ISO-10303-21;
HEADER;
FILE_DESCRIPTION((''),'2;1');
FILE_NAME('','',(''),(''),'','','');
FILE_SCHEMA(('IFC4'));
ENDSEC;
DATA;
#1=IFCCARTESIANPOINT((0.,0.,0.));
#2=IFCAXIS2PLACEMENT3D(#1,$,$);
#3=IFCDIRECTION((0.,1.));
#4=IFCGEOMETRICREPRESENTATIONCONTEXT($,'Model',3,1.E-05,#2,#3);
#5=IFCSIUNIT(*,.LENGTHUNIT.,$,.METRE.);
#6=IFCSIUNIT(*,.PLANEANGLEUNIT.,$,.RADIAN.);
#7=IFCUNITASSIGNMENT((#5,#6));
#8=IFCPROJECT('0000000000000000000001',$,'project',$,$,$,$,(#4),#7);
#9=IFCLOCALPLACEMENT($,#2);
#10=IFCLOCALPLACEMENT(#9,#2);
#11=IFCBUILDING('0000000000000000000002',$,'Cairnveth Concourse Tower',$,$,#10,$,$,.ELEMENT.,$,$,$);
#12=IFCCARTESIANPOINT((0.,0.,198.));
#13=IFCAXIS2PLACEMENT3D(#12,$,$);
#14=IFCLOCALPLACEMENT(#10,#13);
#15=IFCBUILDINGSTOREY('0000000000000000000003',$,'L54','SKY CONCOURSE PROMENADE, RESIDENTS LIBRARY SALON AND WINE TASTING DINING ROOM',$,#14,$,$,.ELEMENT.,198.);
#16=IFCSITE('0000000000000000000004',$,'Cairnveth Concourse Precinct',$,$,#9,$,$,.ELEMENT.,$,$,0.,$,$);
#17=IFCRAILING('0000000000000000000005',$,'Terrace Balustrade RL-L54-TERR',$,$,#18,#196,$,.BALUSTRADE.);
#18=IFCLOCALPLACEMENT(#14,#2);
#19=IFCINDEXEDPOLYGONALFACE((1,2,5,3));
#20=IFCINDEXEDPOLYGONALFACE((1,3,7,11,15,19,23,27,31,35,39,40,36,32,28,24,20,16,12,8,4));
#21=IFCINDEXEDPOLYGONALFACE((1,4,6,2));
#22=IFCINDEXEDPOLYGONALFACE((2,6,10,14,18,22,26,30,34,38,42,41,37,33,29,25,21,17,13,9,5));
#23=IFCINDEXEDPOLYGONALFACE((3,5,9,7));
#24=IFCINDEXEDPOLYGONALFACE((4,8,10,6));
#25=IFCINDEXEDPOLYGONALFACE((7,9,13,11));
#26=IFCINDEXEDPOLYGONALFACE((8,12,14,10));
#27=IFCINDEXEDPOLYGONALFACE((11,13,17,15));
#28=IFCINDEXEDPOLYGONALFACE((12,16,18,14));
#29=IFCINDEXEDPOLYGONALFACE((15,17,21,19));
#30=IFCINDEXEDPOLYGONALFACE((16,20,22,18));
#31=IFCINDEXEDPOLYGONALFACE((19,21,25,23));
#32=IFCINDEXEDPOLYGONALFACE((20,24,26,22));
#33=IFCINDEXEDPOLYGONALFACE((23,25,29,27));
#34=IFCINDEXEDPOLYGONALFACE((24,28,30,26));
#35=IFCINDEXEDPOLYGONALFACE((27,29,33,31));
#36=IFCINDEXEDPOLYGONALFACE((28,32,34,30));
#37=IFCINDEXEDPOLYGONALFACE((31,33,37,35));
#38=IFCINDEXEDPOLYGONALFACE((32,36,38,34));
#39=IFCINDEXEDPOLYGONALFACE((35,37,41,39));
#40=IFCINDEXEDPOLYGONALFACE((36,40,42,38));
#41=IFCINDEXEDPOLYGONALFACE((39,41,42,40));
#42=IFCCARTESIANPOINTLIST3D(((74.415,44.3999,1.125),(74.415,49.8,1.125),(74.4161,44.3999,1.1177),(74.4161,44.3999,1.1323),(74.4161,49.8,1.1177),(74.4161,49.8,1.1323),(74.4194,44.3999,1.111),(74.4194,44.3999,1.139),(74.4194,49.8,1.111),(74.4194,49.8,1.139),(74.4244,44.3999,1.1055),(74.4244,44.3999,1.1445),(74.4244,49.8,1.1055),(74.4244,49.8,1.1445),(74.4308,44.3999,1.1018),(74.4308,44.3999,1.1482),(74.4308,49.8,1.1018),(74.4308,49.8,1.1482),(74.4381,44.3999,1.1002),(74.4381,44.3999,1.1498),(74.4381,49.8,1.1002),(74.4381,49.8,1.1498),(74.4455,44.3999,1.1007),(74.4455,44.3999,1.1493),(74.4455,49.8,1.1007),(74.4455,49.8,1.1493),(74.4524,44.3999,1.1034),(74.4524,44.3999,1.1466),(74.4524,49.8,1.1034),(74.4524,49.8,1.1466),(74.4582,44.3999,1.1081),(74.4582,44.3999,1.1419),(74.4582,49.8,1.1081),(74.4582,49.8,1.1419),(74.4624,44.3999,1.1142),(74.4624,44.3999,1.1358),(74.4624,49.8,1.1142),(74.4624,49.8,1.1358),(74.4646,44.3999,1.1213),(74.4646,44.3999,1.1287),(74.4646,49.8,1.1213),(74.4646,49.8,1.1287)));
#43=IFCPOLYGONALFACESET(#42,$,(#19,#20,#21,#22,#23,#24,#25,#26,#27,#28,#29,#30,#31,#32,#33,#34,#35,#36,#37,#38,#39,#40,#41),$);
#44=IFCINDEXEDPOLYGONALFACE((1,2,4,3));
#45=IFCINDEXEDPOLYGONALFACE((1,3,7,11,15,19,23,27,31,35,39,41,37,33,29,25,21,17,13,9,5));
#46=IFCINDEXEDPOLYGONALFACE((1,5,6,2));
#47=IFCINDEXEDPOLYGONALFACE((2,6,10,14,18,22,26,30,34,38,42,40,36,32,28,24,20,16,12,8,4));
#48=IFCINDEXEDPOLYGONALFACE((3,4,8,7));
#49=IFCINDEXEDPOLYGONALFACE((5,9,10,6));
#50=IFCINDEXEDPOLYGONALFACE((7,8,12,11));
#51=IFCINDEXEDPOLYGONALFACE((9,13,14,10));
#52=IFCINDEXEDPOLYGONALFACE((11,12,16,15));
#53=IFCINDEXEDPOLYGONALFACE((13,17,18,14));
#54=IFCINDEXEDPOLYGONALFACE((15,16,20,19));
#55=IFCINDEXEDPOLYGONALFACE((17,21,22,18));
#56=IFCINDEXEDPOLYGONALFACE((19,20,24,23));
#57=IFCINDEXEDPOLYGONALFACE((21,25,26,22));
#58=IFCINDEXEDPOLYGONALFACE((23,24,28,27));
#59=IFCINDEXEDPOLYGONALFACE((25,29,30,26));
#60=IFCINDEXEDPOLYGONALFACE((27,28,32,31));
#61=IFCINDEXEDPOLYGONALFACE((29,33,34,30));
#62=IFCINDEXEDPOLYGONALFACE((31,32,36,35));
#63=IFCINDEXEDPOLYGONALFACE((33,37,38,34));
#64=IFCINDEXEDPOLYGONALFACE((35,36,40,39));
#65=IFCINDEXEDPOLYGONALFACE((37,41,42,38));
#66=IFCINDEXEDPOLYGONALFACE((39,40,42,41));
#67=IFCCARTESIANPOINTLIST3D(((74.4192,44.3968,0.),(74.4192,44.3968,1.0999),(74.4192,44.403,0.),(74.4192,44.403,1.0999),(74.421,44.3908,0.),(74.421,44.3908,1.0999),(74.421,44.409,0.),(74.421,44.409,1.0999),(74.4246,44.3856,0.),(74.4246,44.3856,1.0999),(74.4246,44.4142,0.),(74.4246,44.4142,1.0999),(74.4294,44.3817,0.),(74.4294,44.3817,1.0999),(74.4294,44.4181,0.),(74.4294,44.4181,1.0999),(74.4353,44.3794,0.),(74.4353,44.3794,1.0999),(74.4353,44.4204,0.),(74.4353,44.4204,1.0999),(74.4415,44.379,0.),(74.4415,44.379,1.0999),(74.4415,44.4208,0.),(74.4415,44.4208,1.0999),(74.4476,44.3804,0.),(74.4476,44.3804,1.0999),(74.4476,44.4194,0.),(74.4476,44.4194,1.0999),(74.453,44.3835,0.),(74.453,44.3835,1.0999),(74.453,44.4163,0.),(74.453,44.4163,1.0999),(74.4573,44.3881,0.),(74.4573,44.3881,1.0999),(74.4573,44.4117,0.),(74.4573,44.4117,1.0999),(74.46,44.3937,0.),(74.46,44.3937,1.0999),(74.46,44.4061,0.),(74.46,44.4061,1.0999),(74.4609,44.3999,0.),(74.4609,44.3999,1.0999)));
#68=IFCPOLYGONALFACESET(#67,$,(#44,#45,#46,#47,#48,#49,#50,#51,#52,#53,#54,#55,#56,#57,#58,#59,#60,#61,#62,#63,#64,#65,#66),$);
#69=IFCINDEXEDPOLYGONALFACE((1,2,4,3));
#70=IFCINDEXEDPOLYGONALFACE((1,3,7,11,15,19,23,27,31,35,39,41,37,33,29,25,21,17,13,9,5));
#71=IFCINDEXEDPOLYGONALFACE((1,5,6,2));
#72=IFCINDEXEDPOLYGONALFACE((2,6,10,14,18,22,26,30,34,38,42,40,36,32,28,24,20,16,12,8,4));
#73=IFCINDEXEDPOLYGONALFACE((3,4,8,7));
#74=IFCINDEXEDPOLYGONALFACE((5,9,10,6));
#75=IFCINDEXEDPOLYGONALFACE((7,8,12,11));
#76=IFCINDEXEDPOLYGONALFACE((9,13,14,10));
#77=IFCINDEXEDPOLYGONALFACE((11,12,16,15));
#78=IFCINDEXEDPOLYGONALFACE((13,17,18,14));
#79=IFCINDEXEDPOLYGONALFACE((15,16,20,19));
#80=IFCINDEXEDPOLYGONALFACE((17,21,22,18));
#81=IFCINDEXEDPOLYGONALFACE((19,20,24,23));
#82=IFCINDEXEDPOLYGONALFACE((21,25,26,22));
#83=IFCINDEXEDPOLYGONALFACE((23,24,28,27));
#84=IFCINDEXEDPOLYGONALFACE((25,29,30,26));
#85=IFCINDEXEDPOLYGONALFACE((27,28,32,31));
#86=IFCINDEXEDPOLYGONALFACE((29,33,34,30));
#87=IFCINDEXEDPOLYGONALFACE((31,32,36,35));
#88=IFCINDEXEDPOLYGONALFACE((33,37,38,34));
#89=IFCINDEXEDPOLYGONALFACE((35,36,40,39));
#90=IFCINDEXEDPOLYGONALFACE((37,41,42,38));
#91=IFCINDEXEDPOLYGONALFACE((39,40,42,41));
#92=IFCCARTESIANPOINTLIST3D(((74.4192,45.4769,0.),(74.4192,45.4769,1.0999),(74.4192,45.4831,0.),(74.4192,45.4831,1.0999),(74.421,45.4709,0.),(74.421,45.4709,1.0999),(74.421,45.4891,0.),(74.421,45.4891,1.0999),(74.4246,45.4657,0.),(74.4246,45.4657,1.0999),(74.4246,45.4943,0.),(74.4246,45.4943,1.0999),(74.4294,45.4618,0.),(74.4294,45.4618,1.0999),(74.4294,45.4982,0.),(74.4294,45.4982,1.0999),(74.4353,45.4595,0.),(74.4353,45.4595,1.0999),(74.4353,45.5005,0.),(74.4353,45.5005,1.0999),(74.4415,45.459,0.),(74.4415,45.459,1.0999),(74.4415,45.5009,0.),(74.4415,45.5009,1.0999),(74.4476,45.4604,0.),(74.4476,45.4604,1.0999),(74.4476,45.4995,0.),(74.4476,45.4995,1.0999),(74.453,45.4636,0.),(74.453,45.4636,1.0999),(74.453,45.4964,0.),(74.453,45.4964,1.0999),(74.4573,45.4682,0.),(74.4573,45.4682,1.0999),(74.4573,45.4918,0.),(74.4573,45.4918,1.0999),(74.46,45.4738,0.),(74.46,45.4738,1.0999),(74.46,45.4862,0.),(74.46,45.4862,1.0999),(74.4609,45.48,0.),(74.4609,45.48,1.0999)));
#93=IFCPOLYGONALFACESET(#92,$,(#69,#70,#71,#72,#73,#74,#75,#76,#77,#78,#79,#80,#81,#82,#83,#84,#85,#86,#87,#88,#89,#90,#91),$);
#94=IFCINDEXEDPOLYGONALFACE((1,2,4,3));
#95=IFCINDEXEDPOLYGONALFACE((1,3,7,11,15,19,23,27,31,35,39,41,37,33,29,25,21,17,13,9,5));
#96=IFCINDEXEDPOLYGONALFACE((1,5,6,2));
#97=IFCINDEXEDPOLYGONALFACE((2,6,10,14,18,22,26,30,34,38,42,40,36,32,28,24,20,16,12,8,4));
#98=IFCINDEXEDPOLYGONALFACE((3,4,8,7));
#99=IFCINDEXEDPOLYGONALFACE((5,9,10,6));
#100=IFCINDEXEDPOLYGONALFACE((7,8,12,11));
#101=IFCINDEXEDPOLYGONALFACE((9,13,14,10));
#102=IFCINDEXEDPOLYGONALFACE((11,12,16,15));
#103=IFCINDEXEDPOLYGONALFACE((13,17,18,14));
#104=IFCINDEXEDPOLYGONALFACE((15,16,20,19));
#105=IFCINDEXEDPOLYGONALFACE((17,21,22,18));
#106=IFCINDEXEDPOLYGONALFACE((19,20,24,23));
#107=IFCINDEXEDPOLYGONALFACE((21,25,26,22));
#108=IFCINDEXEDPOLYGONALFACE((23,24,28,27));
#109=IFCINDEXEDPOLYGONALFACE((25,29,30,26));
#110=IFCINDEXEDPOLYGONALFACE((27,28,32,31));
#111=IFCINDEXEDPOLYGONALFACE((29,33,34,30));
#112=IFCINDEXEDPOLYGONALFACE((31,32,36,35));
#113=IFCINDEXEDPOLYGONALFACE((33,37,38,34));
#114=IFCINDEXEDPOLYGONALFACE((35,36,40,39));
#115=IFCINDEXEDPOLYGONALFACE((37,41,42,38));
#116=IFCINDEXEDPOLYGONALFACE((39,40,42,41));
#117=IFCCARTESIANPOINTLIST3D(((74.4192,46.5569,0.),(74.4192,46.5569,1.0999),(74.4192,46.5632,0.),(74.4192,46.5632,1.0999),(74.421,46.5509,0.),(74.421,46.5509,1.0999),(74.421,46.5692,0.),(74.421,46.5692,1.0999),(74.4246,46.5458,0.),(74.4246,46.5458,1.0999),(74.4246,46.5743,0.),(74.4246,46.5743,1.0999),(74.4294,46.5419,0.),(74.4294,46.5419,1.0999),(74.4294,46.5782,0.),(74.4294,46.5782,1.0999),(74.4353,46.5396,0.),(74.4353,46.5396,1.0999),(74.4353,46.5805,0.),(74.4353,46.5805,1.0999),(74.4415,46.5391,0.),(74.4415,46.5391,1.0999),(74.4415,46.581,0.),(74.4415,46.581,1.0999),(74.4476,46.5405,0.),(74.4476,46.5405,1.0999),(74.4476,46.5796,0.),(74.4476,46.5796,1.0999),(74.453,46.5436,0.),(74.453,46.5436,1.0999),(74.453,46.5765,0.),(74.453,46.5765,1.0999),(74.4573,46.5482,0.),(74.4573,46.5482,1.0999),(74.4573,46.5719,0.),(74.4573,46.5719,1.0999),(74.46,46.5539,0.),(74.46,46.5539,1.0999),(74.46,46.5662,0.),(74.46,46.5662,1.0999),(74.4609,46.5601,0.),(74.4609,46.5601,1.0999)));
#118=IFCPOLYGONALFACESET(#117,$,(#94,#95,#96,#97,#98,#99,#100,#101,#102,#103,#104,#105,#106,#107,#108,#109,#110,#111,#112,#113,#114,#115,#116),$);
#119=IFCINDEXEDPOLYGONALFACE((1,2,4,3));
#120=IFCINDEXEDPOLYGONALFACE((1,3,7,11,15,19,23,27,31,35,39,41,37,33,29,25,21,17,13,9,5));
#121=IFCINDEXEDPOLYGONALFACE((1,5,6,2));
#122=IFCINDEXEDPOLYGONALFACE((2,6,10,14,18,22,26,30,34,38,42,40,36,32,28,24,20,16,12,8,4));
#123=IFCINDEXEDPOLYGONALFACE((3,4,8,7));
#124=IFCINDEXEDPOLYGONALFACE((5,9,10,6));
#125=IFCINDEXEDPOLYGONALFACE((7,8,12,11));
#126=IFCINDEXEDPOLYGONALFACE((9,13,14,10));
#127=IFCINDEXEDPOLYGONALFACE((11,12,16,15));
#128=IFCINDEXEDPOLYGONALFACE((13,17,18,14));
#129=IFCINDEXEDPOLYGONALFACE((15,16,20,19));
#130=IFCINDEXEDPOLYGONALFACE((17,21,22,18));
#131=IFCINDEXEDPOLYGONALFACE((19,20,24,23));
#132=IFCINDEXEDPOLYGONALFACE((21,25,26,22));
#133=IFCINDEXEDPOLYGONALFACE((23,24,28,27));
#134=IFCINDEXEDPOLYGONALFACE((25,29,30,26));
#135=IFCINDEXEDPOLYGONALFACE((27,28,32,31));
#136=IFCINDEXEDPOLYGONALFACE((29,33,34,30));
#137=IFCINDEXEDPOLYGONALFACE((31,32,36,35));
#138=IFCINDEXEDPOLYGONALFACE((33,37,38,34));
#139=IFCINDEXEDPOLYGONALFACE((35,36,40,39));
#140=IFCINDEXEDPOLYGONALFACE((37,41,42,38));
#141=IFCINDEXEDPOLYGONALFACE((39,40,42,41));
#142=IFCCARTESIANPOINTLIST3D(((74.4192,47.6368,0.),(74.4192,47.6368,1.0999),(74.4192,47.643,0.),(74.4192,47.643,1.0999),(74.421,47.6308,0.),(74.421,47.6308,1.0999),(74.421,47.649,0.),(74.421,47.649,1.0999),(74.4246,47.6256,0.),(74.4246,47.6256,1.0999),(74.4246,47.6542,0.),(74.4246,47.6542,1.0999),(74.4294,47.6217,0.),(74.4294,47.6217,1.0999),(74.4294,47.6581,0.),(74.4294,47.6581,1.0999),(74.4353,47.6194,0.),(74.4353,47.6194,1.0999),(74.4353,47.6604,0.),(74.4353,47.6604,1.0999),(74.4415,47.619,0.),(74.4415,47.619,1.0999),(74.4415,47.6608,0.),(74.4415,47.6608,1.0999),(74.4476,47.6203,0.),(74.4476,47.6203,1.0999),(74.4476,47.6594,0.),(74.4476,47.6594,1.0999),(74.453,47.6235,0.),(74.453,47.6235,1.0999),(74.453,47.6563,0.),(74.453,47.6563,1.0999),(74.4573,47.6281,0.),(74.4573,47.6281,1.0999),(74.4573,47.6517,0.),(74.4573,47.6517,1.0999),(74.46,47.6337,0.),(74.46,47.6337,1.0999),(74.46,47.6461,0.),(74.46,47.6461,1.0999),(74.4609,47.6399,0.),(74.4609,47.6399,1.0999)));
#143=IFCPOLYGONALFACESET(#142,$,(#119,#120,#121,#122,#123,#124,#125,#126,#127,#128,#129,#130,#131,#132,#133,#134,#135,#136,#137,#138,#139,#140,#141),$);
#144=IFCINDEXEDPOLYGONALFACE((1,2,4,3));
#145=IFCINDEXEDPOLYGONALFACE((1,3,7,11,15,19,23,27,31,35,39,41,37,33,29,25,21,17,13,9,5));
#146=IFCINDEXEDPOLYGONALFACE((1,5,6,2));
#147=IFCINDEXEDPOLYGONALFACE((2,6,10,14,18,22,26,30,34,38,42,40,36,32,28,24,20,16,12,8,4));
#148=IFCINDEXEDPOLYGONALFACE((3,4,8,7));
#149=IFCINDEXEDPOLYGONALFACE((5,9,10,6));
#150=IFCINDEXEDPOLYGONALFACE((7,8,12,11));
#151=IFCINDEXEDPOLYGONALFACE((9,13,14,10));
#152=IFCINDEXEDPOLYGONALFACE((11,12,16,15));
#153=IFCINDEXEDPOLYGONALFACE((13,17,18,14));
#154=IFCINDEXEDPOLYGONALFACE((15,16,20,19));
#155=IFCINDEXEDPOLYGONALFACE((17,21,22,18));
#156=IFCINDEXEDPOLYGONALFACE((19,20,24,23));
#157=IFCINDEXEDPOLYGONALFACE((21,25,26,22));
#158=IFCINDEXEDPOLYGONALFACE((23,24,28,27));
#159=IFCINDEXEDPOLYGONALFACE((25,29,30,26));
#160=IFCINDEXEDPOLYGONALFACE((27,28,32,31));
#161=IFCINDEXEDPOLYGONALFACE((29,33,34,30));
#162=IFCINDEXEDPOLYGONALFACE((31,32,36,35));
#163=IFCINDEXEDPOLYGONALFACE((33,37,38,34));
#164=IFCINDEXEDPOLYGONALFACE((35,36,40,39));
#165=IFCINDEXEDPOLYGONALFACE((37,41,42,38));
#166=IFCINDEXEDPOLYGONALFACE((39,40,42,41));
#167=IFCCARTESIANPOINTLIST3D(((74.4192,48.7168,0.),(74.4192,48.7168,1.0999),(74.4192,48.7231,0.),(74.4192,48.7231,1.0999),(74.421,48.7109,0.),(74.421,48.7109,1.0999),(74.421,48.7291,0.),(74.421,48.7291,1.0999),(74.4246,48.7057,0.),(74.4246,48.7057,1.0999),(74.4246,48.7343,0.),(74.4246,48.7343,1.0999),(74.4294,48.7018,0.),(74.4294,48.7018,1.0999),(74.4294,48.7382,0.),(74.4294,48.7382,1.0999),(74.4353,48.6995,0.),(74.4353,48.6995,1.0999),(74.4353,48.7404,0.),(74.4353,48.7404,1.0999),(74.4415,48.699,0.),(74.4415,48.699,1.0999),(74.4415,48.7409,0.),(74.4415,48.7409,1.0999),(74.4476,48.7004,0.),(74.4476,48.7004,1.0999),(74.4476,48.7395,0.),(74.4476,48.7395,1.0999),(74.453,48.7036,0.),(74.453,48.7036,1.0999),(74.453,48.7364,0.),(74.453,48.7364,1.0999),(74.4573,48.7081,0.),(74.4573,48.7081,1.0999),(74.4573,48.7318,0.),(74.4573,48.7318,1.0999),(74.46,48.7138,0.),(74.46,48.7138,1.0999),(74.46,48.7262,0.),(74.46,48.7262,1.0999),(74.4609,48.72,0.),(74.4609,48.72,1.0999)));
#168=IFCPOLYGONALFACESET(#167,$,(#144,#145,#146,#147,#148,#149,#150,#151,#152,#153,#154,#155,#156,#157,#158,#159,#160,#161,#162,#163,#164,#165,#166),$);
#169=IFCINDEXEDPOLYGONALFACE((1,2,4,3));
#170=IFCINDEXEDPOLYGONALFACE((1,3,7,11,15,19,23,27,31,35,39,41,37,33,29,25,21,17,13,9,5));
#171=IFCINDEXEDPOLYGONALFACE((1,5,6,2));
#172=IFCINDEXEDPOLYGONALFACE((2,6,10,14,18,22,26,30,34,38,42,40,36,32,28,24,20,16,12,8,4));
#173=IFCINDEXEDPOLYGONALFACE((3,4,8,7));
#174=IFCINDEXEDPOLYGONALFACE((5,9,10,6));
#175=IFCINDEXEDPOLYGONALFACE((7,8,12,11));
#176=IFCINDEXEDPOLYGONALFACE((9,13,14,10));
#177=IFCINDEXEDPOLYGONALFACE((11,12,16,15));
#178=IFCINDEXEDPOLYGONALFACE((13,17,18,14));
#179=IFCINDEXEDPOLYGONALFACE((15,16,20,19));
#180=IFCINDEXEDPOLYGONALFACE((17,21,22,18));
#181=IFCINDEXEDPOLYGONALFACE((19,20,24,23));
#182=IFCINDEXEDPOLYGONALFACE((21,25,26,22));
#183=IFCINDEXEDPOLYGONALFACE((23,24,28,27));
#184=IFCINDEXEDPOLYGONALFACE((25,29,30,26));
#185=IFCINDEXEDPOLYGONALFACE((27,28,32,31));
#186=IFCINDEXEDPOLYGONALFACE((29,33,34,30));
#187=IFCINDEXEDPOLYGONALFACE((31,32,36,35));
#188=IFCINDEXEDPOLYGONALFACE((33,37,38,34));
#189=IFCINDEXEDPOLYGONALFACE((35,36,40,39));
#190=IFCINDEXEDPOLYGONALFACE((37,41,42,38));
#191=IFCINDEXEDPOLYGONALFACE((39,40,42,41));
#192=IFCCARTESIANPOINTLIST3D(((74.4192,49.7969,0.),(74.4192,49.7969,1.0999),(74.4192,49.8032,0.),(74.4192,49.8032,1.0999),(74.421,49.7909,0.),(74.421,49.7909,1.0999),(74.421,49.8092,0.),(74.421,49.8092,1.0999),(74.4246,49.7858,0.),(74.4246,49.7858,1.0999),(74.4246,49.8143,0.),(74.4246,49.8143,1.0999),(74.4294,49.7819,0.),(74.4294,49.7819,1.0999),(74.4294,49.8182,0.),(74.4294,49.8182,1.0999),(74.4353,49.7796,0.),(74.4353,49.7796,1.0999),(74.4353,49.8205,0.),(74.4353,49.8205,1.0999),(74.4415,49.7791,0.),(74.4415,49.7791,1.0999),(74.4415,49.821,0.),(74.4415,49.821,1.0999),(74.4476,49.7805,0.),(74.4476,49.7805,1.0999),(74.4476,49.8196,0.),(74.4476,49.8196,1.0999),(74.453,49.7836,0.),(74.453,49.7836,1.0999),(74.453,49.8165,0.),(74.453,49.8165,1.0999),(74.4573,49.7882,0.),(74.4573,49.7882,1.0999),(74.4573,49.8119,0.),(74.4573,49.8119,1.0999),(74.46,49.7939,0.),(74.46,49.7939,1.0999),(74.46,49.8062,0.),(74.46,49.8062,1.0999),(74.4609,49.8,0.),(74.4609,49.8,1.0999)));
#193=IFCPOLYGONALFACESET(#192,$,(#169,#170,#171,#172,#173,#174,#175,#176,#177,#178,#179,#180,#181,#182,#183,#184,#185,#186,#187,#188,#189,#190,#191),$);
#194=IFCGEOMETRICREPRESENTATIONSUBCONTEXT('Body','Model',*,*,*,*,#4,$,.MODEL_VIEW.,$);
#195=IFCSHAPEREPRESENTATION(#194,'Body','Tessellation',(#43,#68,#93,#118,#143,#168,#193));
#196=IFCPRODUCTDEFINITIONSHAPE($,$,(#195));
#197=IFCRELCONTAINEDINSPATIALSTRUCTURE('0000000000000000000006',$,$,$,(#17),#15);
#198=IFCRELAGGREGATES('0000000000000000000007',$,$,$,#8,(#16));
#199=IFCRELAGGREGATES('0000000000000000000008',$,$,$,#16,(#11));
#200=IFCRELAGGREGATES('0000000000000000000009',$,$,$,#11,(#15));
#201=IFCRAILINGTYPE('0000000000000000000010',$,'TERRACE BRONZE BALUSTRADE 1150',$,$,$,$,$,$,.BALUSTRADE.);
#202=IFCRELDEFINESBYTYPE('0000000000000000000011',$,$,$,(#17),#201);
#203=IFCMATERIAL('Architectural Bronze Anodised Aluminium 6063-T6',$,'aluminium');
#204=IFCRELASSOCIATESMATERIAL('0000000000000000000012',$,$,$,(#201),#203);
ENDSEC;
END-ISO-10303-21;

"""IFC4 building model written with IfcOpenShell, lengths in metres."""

from ifc_helpers import new_model, si_unit, direction, frame, origin, origin_2d, place, context, subcontext, project, spatial, circle, extrude, material, type_object, element, save


model = new_model("IFC4")

# Units and contexts
model_context = context("Model", 3, precision=1e-05, world=origin(), true_north=direction((0.0, 1.0)))
body_context = subcontext(model_context, "Body", "Model", "MODEL_VIEW")
ifc_project = project(units=[si_unit("LENGTHUNIT", "METRE"), si_unit("PLANEANGLEUNIT", "RADIAN")], contexts=[model_context])

# Site, building, storey
site_placement = place(None, origin())
site = spatial("IfcSite", under=ifc_project, at=site_placement, Name="Cairnveth Concourse Precinct", CompositionType="ELEMENT", RefElevation=0.0)
building_placement = place(site_placement, origin())
building = spatial("IfcBuilding", under=site, at=building_placement, Name="Cairnveth Concourse Tower", CompositionType="ELEMENT")
storey_placement = place(building_placement, frame((0.0, 0.0, 198.0)))
storey = spatial("IfcBuildingStorey", under=building, at=storey_placement, Name="L54", Description="SKY CONCOURSE PROMENADE, RESIDENTS LIBRARY SALON AND WINE TASTING DINING ROOM", CompositionType="ELEMENT", Elevation=198.0)

# Shared definitions
ifc_material_1 = material(Name="Architectural Bronze Anodised Aluminium 6063-T6", Category="aluminium")

# Railing
railing_type = type_object("IfcRailingType", Name="TERRACE BRONZE BALUSTRADE 1150", PredefinedType="BALUSTRADE", material=ifc_material_1)
railing_placement = place(storey_placement, frame((74.4399, 44.3999, 0.0)))
element("IfcRailing", 1, at=railing_placement, inside=storey, type_object=railing_type, Name="Terrace Balustrade RL-L54-TERR", PredefinedType="BALUSTRADE", context=body_context, shape_type="SweptSolid", body=[
    extrude(circle(Radius=0.0249, at=origin_2d()), frame((0.0, 0.0, 1.125), z_axis=(0.0, 1.0, 0.0), x_axis=(-1.0, 0.0, 0.0)), (0.0, 0.0, 1.0), 5.4001),
    extrude(circle(Radius=0.021, at=origin_2d()), origin(), (0.0, 0.0, 1.0), 1.0999),
    extrude(circle(Radius=0.021, at=origin_2d()), frame((0.0, 1.0801, 0.0)), (0.0, 0.0, 1.0), 1.0999),
    extrude(circle(Radius=0.021, at=origin_2d()), frame((0.0, 2.1602, 0.0)), (0.0, 0.0, 1.0), 1.0999),
    extrude(circle(Radius=0.021, at=origin_2d()), frame((0.0, 3.24, 0.0)), (0.0, 0.0, 1.0), 1.0999),
    extrude(circle(Radius=0.021, at=origin_2d()), frame((0.0, 4.3201, 0.0)), (0.0, 0.0, 1.0), 1.0999),
    extrude(circle(Radius=0.021, at=origin_2d()), frame((0.0, 5.4001, 0.0)), (0.0, 0.0, 1.0), 1.0999),
])

save(model, "model.ifc")
